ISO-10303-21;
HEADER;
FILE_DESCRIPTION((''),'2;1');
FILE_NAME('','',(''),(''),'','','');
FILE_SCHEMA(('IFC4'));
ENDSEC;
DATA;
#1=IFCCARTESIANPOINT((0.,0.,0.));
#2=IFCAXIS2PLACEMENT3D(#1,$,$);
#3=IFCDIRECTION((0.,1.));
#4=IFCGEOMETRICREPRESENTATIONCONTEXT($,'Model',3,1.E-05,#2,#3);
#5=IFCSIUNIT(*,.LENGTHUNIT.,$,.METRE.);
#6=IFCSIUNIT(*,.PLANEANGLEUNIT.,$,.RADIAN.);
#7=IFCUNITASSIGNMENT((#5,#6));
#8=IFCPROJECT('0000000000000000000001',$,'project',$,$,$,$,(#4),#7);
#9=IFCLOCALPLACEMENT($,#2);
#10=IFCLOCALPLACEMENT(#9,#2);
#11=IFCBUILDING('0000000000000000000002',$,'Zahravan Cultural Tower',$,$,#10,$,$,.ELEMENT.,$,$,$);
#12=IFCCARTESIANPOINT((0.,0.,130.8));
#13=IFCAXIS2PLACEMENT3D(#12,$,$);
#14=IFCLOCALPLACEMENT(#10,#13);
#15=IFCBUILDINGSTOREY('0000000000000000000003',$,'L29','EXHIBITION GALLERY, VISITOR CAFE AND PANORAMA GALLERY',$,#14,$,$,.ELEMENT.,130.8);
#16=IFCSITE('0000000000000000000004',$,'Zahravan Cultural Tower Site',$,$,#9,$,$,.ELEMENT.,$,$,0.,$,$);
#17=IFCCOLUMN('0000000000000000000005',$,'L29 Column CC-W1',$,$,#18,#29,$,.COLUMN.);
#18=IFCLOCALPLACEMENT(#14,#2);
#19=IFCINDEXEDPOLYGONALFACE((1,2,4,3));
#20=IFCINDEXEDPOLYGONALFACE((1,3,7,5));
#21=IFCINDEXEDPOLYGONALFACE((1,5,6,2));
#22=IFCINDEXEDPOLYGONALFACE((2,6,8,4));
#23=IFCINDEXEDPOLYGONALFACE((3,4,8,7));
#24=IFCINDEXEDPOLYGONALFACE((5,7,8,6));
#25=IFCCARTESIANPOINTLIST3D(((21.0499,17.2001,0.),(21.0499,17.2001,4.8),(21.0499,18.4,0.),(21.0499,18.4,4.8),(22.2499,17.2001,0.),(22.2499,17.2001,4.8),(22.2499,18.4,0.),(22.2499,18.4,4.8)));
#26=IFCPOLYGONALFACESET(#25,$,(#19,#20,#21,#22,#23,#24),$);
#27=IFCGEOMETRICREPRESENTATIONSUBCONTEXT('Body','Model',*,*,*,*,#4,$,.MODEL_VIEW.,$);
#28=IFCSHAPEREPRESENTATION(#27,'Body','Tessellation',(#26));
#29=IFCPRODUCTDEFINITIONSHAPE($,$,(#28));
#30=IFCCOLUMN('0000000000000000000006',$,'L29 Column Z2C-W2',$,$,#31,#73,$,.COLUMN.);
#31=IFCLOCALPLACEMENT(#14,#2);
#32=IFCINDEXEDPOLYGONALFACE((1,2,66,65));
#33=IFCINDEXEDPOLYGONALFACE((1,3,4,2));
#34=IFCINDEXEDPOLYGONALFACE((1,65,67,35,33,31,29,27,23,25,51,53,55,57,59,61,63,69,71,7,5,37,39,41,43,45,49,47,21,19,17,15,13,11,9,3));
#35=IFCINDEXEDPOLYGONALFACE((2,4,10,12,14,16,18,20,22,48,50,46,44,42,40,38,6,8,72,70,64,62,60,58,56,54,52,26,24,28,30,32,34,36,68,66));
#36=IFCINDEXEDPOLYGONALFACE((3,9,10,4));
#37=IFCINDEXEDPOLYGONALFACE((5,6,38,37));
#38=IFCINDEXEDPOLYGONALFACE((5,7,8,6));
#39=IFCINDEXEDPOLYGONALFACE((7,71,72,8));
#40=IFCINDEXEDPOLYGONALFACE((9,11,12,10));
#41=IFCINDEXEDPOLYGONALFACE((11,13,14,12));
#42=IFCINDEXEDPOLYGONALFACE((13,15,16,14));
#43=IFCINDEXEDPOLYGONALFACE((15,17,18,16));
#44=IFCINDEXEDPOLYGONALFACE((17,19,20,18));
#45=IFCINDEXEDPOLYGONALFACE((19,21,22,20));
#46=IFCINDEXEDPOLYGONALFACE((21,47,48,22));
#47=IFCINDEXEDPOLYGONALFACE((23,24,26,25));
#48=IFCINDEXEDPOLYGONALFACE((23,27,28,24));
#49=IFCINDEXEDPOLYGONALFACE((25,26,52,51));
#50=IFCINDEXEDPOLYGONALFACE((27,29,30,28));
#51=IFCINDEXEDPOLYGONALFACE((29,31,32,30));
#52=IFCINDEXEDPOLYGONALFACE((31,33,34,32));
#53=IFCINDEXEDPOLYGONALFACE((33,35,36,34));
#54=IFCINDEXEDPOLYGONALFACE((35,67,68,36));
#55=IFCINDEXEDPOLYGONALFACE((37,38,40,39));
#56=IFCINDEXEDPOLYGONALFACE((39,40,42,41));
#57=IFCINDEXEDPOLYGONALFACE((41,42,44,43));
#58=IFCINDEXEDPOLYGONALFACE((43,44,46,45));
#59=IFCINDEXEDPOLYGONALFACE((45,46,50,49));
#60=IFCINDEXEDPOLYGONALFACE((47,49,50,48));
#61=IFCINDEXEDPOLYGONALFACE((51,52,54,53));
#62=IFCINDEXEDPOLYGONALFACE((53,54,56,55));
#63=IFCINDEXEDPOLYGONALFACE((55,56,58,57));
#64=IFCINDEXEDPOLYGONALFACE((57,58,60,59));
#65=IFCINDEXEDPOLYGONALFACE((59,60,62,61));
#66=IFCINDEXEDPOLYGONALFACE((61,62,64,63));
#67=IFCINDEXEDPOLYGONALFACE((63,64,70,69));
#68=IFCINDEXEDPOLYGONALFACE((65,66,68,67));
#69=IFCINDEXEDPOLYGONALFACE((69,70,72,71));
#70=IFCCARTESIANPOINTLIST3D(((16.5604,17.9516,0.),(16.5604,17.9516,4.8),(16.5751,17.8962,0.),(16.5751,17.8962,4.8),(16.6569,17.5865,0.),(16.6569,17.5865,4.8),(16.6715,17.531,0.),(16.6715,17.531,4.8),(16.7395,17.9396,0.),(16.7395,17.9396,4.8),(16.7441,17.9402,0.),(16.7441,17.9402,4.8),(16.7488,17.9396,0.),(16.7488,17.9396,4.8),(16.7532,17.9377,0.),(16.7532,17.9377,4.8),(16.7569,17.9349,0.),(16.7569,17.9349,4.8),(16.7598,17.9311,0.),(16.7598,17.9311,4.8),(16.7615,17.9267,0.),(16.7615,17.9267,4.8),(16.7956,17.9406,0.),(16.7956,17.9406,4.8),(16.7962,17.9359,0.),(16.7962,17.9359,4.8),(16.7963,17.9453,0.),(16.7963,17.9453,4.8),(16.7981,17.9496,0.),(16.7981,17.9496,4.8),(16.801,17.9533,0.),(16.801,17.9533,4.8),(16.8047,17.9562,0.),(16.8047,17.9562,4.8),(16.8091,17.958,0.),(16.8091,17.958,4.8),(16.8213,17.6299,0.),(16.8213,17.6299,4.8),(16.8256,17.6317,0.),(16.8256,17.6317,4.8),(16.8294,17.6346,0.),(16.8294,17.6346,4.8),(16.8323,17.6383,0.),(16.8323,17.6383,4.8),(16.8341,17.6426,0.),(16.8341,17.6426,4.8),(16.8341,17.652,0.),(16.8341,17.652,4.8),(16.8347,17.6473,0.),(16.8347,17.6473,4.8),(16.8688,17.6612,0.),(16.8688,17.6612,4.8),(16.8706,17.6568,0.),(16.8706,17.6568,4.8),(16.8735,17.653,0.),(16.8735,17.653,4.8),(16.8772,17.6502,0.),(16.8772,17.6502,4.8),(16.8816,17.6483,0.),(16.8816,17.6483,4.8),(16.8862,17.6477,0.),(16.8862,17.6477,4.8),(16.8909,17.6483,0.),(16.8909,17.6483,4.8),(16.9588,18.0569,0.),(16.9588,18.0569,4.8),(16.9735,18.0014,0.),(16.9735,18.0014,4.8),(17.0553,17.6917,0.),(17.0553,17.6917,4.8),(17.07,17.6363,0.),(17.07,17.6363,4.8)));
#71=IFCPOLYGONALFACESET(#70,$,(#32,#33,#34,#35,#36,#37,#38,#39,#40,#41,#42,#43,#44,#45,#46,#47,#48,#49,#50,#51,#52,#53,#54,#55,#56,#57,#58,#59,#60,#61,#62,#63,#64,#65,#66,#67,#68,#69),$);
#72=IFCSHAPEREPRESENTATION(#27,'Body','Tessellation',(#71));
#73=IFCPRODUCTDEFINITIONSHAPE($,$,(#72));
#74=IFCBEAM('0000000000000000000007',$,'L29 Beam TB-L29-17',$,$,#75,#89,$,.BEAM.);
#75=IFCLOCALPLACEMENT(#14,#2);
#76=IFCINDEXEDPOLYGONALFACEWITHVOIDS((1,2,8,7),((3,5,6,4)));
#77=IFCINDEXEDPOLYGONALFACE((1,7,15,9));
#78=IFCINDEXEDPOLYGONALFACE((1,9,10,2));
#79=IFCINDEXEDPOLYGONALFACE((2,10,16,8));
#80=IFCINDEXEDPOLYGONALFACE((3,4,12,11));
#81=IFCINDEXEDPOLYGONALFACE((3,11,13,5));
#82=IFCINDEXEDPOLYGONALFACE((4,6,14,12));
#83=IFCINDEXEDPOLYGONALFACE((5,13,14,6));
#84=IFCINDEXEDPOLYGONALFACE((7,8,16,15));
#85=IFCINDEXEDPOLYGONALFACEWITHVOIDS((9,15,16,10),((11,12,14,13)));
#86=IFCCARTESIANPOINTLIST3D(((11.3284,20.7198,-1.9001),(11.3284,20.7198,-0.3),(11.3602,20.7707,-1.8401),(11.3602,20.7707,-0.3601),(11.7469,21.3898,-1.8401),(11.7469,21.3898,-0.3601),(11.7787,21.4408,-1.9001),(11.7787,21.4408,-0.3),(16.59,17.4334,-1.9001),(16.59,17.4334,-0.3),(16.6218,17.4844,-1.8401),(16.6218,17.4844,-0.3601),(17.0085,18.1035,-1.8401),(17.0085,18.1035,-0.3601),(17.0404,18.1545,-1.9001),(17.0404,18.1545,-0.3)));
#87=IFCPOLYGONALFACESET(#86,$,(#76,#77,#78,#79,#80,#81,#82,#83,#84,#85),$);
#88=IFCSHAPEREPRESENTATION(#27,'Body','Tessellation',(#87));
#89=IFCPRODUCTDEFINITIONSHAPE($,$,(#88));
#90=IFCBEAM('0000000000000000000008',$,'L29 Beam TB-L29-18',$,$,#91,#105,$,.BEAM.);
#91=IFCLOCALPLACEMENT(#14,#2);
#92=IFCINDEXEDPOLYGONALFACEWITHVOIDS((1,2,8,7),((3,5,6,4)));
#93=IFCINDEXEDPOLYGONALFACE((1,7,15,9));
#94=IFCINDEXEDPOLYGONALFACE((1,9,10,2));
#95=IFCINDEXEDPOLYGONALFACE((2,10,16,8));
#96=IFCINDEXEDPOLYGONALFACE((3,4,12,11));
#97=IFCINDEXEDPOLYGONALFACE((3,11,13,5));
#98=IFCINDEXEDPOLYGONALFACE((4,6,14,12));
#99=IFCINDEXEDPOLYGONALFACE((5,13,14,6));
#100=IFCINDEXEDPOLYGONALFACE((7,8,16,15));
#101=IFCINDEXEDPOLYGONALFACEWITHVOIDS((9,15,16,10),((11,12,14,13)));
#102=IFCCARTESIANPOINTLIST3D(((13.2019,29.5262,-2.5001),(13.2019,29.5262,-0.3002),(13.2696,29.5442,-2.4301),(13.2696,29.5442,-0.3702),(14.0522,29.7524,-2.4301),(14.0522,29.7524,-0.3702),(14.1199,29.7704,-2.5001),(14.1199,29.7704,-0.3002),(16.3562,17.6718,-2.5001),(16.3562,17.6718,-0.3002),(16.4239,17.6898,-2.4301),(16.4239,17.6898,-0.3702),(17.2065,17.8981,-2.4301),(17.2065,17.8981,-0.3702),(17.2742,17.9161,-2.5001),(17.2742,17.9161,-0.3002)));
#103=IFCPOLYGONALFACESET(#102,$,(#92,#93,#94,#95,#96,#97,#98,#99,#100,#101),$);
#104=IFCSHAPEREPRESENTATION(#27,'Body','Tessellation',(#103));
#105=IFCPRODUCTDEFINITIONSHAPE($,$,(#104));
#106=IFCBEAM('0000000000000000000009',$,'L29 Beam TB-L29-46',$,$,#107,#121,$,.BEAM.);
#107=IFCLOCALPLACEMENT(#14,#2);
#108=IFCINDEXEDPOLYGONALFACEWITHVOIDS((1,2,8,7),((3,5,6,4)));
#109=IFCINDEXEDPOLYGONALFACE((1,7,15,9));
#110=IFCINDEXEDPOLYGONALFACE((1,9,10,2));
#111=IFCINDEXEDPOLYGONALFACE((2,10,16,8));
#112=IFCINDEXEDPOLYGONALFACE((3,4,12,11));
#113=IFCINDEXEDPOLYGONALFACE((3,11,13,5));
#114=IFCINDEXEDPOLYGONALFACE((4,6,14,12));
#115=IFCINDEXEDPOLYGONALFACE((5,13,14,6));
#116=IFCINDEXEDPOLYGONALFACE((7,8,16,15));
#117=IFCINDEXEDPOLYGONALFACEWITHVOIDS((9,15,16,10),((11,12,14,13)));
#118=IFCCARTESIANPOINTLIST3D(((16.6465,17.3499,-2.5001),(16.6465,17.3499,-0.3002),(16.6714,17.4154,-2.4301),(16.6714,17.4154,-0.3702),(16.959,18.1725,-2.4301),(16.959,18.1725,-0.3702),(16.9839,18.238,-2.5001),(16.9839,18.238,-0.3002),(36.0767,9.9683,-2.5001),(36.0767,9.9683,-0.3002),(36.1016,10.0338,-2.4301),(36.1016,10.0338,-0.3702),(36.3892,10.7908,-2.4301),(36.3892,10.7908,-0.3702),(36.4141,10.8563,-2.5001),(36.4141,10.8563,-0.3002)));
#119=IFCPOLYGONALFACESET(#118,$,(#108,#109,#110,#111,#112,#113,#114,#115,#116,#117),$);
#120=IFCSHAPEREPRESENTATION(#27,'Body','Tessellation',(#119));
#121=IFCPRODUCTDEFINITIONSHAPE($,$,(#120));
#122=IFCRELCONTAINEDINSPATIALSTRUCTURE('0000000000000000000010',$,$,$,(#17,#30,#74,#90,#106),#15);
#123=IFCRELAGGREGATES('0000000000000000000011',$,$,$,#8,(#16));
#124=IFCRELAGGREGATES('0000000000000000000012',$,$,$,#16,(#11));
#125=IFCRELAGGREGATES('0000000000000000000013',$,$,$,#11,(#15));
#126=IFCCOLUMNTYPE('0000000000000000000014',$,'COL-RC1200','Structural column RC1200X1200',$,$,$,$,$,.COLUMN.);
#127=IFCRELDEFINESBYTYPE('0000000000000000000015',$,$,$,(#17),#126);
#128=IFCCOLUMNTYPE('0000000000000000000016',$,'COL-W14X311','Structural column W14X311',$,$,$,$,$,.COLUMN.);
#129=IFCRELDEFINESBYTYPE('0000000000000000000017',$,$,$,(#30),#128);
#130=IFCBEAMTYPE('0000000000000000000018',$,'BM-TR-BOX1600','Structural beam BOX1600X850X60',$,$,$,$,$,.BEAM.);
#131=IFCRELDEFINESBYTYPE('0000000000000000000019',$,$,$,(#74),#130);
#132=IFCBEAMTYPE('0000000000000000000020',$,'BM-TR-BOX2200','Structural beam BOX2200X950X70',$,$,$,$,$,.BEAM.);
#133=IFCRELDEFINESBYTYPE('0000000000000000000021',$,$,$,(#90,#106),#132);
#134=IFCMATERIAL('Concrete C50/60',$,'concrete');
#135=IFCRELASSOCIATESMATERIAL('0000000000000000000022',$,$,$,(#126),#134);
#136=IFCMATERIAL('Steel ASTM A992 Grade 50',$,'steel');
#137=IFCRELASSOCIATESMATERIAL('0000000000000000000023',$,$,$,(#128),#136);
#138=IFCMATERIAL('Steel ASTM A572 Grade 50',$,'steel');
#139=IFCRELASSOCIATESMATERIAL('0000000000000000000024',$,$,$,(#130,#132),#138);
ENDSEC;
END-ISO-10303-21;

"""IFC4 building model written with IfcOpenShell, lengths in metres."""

from ifc_helpers import new_model, si_unit, direction, frame, origin, origin_2d, place, context, subcontext, project, spatial, rectangle, hollow_rectangle, i_section, extrude, source, transform, mapped, material, material_profile, profile_set, type_object, element, save


model = new_model("IFC4")

# Units and contexts
model_context = context("Model", 3, precision=1e-05, world=origin(), true_north=direction((0.0, 1.0)))
body_context = subcontext(model_context, "Body", "Model", "MODEL_VIEW")
ifc_project = project(units=[si_unit("LENGTHUNIT", "METRE"), si_unit("PLANEANGLEUNIT", "RADIAN")], contexts=[model_context])

# Site, building, storey
site_placement = place(None, origin())
site = spatial("IfcSite", under=ifc_project, at=site_placement, Name="Zahravan Cultural Tower Site", CompositionType="ELEMENT", RefElevation=0.0)
building_placement = place(site_placement, origin())
building = spatial("IfcBuilding", under=site, at=building_placement, Name="Zahravan Cultural Tower", CompositionType="ELEMENT")
storey_placement = place(building_placement, frame((0.0, 0.0, 130.8)))
storey = spatial("IfcBuildingStorey", under=building, at=storey_placement, Name="L29", Description="EXHIBITION GALLERY, VISITOR CAFE AND PANORAMA GALLERY", CompositionType="ELEMENT", Elevation=130.8)

# Columns
ifc_material_1 = material(Name="Concrete C50/60", Category="concrete")
ifc_material_profile_1 = material_profile(ifc_material_1, rectangle(XDim=1.2, YDim=1.2, at=origin_2d()), Name="RC1200X1200")
ifc_profile_set_1 = profile_set([ifc_material_profile_1], Name="Concrete C50/60")
column_type_1 = type_object("IfcColumnType", Name="COL-RC1200", Description="Structural column RC1200X1200", PredefinedType="COLUMN", material=ifc_profile_set_1)
shared_shape_1 = source(origin(), body_context, "Body", "SweptSolid", [
    extrude(rectangle(XDim=1.2, YDim=1.2, at=origin_2d()), origin(), (0.0, 0.0, 1.0), 4.8),
])
column_1_placement = place(storey_placement, frame((21.6499, 17.8, 0.0), z_axis=(0.0, 0.0, 1.0), x_axis=(1.0, 0.0, 0.0)))
element("IfcColumn", 1, at=column_1_placement, inside=storey, type_object=column_type_1, Name="L29 Column CC-W1", PredefinedType="COLUMN", context=body_context, shape_type="MappedRepresentation", body=[
    mapped(shared_shape_1, transform((0.0, 0.0, 0.0), x_axis=(1.0, 0.0, 0.0), y_axis=(0.0, 1.0, 0.0), z_axis=(0.0, 0.0, 1.0), scale=1.0)),
])
ifc_material_2 = material(Name="Steel ASTM A992 Grade 50", Category="steel")
ifc_material_profile_2 = material_profile(ifc_material_2, i_section(OverallWidth=0.4121, OverallDepth=0.4351, WebThickness=0.0359, FlangeThickness=0.0574, FilletRadius=0.0181, at=origin_2d()), Name="W14X311")
ifc_profile_set_2 = profile_set([ifc_material_profile_2], Name="Steel ASTM A992 Grade 50")
column_type_2 = type_object("IfcColumnType", Name="COL-W14X311", Description="Structural column W14X311", PredefinedType="COLUMN", material=ifc_profile_set_2)
shared_shape_2 = source(origin(), body_context, "Body", "SweptSolid", [
    extrude(i_section(OverallWidth=0.4121, OverallDepth=0.4351, WebThickness=0.0359, FlangeThickness=0.0574, FilletRadius=0.0181, at=origin_2d()), origin(), (0.0, 0.0, 1.0), 4.8),
])
column_2_placement = place(storey_placement, frame((16.8152, 17.7939, 0.0), z_axis=(0.0, 0.0, 1.0), x_axis=(0.966823, 0.255446, 0.0)))
element("IfcColumn", 2, at=column_2_placement, inside=storey, type_object=column_type_2, Name="L29 Column Z2C-W2", PredefinedType="COLUMN", context=body_context, shape_type="MappedRepresentation", body=[
    mapped(shared_shape_2, transform((0.0, 0.0, 0.0), x_axis=(1.0, 0.0, 0.0), y_axis=(0.0, 1.0, 0.0), z_axis=(0.0, 0.0, 1.0), scale=1.0)),
])

# Beams
ifc_material_3 = material(Name="Steel ASTM A572 Grade 50", Category="steel")
ifc_material_profile_3 = material_profile(ifc_material_3, hollow_rectangle(XDim=0.8501, YDim=1.6001, WallThickness=0.0601, at=origin_2d()), Name="BOX1600X850X60")
ifc_profile_set_3 = profile_set([ifc_material_profile_3], Name="Steel ASTM A572 Grade 50")
beam_type_1 = type_object("IfcBeamType", Name="BM-TR-BOX1600", Description="Structural beam BOX1600X850X60", PredefinedType="BEAM", material=ifc_profile_set_3)
shared_shape_3 = source(origin(), body_context, "Body", "SweptSolid", [
    extrude(hollow_rectangle(XDim=0.8501, YDim=1.6001, WallThickness=0.0601, at=origin_2d()), origin(), (0.0, 0.0, 1.0), 6.2036),
])
beam_1_placement = place(storey_placement, frame((16.8152, 17.7939, -1.1001), z_axis=(-0.848157, 0.529744, 0.0), x_axis=(-0.529744, -0.848157, 0.0)))
element("IfcBeam", 3, at=beam_1_placement, inside=storey, type_object=beam_type_1, Name="L29 Beam TB-L29-17", PredefinedType="BEAM", context=body_context, shape_type="MappedRepresentation", body=[
    mapped(shared_shape_3, transform((0.0, 0.0, 0.0), x_axis=(1.0, 0.0, 0.0), y_axis=(0.0, 1.0, 0.0), z_axis=(0.0, 0.0, 1.0), scale=1.0)),
])
ifc_material_profile_4 = material_profile(ifc_material_3, hollow_rectangle(XDim=0.95, YDim=2.2, WallThickness=0.0701, at=origin_2d()), Name="BOX2200X950X70")
ifc_profile_set_4 = profile_set([ifc_material_profile_4], Name="Steel ASTM A572 Grade 50")
beam_type_2 = type_object("IfcBeamType", Name="BM-TR-BOX2200", Description="Structural beam BOX2200X950X70", PredefinedType="BEAM", material=ifc_profile_set_4)
shared_shape_4 = source(origin(), body_context, "Body", "SweptSolid", [
    extrude(hollow_rectangle(XDim=0.95, YDim=2.2, WallThickness=0.0701, at=origin_2d()), origin(), (0.0, 0.0, 1.0), 12.2668),
])
beam_2_placement = place(storey_placement, frame((16.8152, 17.7939, -1.4001), z_axis=(-0.257142, 0.966374, 0.0), x_axis=(-0.966374, -0.257142, 0.0)))
element("IfcBeam", 4, at=beam_2_placement, inside=storey, type_object=beam_type_2, Name="L29 Beam TB-L29-18", PredefinedType="BEAM", context=body_context, shape_type="MappedRepresentation", body=[
    mapped(shared_shape_4, transform((0.0, 0.0, 0.0), x_axis=(1.0, 0.0, 0.0), y_axis=(0.0, 1.0, 0.0), z_axis=(0.0, 0.0, 1.0), scale=1.0)),
])
shared_shape_5 = source(origin(), body_context, "Body", "SweptSolid", [
    extrude(hollow_rectangle(XDim=0.95, YDim=2.2, WallThickness=0.0701, at=origin_2d()), origin(), (0.0, 0.0, 1.0), 20.7852),
])
beam_3_placement = place(storey_placement, frame((16.8152, 17.7939, -1.4001), z_axis=(0.934814, -0.355139, 0.0), x_axis=(0.355139, 0.934814, 0.0)))
element("IfcBeam", 5, at=beam_3_placement, inside=storey, type_object=beam_type_2, Name="L29 Beam TB-L29-46", PredefinedType="BEAM", context=body_context, shape_type="MappedRepresentation", body=[
    mapped(shared_shape_5, transform((0.0, 0.0, 0.0), x_axis=(1.0, 0.0, 0.0), y_axis=(0.0, 1.0, 0.0), z_axis=(0.0, 0.0, 1.0), scale=1.0)),
])

save(model, "model.ifc")
